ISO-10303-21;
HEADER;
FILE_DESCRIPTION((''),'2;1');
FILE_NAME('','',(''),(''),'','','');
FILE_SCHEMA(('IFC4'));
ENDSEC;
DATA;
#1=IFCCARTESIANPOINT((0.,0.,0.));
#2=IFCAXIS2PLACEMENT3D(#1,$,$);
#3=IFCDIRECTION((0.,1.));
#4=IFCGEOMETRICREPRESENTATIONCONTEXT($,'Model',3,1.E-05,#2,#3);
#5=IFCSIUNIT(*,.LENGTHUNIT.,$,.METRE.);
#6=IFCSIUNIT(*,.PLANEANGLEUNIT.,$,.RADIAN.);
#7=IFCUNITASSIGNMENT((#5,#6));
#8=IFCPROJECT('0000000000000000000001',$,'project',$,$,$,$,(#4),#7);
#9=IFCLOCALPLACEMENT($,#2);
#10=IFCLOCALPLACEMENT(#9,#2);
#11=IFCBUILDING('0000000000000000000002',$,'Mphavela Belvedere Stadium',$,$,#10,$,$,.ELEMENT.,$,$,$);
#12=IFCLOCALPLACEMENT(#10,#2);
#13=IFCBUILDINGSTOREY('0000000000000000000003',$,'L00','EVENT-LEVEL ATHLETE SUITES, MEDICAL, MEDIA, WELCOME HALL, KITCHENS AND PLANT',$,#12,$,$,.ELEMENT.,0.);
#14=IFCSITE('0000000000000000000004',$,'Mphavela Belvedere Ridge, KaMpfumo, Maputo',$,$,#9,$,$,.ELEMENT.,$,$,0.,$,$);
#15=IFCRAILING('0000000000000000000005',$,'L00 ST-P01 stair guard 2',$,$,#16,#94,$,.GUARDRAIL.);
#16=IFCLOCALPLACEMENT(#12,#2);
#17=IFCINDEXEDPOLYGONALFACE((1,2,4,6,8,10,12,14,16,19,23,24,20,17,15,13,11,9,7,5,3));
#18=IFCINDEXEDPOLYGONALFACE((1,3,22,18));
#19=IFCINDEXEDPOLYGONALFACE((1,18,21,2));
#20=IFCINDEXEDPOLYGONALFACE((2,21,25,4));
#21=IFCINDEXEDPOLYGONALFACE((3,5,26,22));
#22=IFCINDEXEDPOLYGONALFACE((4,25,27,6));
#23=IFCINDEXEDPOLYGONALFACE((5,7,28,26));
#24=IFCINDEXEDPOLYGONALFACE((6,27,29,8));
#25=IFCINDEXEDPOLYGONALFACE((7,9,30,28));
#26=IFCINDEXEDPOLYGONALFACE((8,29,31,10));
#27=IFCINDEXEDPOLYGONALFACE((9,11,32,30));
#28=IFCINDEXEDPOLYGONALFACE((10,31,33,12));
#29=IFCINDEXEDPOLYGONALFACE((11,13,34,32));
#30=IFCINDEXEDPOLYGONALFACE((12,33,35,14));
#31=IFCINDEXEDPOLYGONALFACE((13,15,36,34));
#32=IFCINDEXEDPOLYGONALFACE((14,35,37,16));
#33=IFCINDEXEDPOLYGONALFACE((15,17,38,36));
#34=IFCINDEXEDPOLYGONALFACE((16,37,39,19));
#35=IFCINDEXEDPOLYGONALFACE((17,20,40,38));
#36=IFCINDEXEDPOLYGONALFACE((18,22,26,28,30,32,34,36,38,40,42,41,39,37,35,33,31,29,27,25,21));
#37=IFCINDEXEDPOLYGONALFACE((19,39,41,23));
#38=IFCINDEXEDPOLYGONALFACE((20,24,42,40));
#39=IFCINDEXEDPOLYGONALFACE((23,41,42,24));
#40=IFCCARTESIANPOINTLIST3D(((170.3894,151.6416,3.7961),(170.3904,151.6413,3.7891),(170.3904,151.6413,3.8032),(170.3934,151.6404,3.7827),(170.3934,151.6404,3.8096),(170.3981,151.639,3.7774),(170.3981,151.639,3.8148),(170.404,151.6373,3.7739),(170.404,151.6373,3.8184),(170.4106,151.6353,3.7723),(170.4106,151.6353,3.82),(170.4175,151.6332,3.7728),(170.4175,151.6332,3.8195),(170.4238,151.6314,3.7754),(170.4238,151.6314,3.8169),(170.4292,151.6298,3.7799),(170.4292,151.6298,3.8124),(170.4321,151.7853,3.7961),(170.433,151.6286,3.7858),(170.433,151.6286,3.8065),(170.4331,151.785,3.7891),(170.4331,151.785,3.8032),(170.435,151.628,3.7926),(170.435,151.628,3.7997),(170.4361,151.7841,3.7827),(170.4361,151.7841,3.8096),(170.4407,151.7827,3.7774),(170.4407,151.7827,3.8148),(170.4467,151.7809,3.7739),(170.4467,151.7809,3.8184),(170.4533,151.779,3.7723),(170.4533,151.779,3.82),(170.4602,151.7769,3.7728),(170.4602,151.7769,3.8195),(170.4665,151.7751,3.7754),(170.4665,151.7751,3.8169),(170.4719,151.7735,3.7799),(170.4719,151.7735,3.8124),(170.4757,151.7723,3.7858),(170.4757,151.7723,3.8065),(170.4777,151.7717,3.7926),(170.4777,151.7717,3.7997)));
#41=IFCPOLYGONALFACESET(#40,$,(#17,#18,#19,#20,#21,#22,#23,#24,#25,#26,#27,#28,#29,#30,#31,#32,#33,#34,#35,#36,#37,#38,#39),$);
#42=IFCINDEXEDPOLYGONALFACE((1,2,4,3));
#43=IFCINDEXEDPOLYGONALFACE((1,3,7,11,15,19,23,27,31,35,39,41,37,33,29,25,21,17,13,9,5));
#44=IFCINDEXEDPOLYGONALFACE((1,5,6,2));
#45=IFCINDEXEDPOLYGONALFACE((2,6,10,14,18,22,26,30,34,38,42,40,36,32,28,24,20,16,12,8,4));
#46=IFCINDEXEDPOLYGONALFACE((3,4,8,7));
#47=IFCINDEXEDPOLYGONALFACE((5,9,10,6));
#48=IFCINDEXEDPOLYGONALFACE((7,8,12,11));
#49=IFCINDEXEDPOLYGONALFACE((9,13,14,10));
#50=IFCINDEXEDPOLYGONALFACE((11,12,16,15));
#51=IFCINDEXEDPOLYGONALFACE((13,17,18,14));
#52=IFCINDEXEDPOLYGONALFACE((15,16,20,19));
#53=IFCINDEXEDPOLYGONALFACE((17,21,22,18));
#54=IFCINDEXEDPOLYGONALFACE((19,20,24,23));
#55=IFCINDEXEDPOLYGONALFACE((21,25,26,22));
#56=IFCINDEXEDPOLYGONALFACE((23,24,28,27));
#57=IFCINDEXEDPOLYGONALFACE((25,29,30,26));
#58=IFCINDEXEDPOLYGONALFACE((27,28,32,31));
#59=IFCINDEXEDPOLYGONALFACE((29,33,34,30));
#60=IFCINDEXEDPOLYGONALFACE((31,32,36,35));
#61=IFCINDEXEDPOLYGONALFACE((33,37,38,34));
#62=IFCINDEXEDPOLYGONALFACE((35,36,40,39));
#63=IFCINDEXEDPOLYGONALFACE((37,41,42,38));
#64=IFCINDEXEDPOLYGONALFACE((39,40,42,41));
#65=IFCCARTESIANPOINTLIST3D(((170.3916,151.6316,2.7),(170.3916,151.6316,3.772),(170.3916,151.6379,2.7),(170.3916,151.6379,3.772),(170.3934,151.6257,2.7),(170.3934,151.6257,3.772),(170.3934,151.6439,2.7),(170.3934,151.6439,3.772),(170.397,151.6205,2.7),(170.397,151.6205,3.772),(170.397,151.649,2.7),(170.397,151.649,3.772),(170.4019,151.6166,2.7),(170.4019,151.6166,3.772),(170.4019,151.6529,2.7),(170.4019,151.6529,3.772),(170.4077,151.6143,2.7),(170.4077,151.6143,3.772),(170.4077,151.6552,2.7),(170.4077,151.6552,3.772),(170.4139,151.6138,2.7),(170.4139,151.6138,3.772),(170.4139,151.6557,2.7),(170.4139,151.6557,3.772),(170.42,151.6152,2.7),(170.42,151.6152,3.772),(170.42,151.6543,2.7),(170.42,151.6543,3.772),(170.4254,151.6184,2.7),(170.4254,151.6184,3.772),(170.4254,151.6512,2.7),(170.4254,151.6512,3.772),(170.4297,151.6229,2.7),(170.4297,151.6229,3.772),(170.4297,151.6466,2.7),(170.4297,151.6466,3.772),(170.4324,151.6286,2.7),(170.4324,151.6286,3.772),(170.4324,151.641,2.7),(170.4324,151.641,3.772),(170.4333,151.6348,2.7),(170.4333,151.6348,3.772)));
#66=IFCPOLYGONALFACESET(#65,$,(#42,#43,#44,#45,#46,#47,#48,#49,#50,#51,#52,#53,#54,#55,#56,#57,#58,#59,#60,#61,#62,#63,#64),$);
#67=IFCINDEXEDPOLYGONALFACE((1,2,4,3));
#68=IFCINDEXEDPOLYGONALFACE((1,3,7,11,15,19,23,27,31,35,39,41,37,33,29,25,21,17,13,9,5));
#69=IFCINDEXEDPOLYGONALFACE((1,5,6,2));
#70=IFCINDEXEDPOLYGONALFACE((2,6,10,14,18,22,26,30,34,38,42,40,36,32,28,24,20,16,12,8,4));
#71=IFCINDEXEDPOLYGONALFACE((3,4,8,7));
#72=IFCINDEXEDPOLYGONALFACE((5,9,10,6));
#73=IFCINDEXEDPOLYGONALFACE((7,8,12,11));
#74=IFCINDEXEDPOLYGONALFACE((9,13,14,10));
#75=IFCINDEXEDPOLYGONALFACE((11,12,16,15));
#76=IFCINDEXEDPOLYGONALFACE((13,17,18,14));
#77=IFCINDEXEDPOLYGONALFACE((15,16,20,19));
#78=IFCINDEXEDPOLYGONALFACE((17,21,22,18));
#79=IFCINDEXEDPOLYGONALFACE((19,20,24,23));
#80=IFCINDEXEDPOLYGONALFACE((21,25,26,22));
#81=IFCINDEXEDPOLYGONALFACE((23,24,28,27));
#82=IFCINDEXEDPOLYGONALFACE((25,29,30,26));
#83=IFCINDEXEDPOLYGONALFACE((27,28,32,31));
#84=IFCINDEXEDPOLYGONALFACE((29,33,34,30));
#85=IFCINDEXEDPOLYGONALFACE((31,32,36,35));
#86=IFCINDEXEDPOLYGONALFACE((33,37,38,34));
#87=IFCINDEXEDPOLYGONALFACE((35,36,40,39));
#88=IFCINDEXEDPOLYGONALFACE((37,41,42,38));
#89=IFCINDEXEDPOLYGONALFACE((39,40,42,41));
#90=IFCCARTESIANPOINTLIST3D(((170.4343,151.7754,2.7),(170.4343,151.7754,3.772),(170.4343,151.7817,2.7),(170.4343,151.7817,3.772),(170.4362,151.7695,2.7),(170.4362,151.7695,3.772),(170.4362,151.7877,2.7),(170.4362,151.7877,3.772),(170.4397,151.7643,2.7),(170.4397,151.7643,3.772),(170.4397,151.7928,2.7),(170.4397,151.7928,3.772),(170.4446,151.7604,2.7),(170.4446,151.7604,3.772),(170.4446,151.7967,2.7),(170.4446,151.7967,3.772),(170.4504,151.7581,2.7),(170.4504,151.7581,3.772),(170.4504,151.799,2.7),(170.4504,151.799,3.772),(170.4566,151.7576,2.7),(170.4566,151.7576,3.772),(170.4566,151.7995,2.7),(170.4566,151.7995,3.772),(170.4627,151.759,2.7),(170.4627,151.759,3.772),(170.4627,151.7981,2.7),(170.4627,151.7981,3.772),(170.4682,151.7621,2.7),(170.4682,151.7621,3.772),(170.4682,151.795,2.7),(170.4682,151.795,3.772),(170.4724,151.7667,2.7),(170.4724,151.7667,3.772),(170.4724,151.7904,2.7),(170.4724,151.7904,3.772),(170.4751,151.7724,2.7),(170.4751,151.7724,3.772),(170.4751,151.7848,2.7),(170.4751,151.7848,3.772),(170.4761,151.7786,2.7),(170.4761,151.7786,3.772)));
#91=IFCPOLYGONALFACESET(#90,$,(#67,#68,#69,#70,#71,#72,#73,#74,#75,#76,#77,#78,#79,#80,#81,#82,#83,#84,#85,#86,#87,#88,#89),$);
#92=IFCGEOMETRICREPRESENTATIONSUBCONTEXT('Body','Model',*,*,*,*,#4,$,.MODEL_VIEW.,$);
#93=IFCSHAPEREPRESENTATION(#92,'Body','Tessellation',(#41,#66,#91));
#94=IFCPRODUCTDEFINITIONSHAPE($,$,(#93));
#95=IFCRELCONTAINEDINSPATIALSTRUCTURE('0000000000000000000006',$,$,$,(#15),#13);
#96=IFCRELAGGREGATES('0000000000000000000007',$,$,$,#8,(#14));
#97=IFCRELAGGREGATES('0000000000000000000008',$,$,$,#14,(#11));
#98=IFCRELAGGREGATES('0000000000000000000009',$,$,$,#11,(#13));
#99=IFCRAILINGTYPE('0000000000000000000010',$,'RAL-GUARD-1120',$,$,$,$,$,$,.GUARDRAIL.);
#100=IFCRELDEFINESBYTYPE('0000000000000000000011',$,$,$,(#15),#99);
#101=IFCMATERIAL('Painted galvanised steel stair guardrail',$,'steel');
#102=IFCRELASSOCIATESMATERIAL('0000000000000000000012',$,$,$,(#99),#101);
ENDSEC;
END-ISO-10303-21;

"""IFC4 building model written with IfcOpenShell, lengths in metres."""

from ifc_helpers import new_model, si_unit, direction, frame, origin, origin_2d, place, context, subcontext, project, spatial, circle, extrude, material, type_object, element, save


model = new_model("IFC4")

# Units and contexts
model_context = context("Model", 3, precision=1e-05, world=origin(), true_north=direction((0.0, 1.0)))
body_context = subcontext(model_context, "Body", "Model", "MODEL_VIEW")
ifc_project = project(units=[si_unit("LENGTHUNIT", "METRE"), si_unit("PLANEANGLEUNIT", "RADIAN")], contexts=[model_context])

# Site, building, storey
site_placement = place(None, origin())
site = spatial("IfcSite", under=ifc_project, at=site_placement, Name="Mphavela Belvedere Ridge, KaMpfumo, Maputo", CompositionType="ELEMENT", RefElevation=0.0)
building_placement = place(site_placement, origin())
building = spatial("IfcBuilding", under=site, at=building_placement, Name="Mphavela Belvedere Stadium", CompositionType="ELEMENT")
storey_placement = place(building_placement, origin())
storey = spatial("IfcBuildingStorey", under=building, at=storey_placement, Name="L00", Description="EVENT-LEVEL ATHLETE SUITES, MEDICAL, MEDIA, WELCOME HALL, KITCHENS AND PLANT", CompositionType="ELEMENT", Elevation=0.0)

# Railing
ifc_material_1 = material(Name="Painted galvanised steel stair guardrail", Category="steel")
railing_type_1 = type_object("IfcRailingType", Name="RAL-GUARD-1120", PredefinedType="GUARDRAIL", material=ifc_material_1)
railing_1_placement = place(storey_placement, frame((170.4124, 151.6348, 2.7)))
element("IfcRailing", 1, at=railing_1_placement, inside=storey, type_object=railing_type_1, Name="L00 ST-P01 stair guard 2", PredefinedType="GUARDRAIL", context=body_context, shape_type="SweptSolid", body=[
    extrude(circle(Radius=0.0239, at=origin_2d()), frame((0.0, 0.0, 1.0962), z_axis=(0.284809, 0.958584, 0.0), x_axis=(-0.958584, 0.284809, 0.0)), (0.0, 0.0, 1.0), 0.1499),
    extrude(circle(Radius=0.021, at=origin_2d()), origin(), (0.0, 0.0, 1.0), 1.072),
    extrude(circle(Radius=0.021, at=origin_2d()), frame((0.0427, 0.1438, 0.0)), (0.0, 0.0, 1.0), 1.072),
])

save(model, "model.ifc")
